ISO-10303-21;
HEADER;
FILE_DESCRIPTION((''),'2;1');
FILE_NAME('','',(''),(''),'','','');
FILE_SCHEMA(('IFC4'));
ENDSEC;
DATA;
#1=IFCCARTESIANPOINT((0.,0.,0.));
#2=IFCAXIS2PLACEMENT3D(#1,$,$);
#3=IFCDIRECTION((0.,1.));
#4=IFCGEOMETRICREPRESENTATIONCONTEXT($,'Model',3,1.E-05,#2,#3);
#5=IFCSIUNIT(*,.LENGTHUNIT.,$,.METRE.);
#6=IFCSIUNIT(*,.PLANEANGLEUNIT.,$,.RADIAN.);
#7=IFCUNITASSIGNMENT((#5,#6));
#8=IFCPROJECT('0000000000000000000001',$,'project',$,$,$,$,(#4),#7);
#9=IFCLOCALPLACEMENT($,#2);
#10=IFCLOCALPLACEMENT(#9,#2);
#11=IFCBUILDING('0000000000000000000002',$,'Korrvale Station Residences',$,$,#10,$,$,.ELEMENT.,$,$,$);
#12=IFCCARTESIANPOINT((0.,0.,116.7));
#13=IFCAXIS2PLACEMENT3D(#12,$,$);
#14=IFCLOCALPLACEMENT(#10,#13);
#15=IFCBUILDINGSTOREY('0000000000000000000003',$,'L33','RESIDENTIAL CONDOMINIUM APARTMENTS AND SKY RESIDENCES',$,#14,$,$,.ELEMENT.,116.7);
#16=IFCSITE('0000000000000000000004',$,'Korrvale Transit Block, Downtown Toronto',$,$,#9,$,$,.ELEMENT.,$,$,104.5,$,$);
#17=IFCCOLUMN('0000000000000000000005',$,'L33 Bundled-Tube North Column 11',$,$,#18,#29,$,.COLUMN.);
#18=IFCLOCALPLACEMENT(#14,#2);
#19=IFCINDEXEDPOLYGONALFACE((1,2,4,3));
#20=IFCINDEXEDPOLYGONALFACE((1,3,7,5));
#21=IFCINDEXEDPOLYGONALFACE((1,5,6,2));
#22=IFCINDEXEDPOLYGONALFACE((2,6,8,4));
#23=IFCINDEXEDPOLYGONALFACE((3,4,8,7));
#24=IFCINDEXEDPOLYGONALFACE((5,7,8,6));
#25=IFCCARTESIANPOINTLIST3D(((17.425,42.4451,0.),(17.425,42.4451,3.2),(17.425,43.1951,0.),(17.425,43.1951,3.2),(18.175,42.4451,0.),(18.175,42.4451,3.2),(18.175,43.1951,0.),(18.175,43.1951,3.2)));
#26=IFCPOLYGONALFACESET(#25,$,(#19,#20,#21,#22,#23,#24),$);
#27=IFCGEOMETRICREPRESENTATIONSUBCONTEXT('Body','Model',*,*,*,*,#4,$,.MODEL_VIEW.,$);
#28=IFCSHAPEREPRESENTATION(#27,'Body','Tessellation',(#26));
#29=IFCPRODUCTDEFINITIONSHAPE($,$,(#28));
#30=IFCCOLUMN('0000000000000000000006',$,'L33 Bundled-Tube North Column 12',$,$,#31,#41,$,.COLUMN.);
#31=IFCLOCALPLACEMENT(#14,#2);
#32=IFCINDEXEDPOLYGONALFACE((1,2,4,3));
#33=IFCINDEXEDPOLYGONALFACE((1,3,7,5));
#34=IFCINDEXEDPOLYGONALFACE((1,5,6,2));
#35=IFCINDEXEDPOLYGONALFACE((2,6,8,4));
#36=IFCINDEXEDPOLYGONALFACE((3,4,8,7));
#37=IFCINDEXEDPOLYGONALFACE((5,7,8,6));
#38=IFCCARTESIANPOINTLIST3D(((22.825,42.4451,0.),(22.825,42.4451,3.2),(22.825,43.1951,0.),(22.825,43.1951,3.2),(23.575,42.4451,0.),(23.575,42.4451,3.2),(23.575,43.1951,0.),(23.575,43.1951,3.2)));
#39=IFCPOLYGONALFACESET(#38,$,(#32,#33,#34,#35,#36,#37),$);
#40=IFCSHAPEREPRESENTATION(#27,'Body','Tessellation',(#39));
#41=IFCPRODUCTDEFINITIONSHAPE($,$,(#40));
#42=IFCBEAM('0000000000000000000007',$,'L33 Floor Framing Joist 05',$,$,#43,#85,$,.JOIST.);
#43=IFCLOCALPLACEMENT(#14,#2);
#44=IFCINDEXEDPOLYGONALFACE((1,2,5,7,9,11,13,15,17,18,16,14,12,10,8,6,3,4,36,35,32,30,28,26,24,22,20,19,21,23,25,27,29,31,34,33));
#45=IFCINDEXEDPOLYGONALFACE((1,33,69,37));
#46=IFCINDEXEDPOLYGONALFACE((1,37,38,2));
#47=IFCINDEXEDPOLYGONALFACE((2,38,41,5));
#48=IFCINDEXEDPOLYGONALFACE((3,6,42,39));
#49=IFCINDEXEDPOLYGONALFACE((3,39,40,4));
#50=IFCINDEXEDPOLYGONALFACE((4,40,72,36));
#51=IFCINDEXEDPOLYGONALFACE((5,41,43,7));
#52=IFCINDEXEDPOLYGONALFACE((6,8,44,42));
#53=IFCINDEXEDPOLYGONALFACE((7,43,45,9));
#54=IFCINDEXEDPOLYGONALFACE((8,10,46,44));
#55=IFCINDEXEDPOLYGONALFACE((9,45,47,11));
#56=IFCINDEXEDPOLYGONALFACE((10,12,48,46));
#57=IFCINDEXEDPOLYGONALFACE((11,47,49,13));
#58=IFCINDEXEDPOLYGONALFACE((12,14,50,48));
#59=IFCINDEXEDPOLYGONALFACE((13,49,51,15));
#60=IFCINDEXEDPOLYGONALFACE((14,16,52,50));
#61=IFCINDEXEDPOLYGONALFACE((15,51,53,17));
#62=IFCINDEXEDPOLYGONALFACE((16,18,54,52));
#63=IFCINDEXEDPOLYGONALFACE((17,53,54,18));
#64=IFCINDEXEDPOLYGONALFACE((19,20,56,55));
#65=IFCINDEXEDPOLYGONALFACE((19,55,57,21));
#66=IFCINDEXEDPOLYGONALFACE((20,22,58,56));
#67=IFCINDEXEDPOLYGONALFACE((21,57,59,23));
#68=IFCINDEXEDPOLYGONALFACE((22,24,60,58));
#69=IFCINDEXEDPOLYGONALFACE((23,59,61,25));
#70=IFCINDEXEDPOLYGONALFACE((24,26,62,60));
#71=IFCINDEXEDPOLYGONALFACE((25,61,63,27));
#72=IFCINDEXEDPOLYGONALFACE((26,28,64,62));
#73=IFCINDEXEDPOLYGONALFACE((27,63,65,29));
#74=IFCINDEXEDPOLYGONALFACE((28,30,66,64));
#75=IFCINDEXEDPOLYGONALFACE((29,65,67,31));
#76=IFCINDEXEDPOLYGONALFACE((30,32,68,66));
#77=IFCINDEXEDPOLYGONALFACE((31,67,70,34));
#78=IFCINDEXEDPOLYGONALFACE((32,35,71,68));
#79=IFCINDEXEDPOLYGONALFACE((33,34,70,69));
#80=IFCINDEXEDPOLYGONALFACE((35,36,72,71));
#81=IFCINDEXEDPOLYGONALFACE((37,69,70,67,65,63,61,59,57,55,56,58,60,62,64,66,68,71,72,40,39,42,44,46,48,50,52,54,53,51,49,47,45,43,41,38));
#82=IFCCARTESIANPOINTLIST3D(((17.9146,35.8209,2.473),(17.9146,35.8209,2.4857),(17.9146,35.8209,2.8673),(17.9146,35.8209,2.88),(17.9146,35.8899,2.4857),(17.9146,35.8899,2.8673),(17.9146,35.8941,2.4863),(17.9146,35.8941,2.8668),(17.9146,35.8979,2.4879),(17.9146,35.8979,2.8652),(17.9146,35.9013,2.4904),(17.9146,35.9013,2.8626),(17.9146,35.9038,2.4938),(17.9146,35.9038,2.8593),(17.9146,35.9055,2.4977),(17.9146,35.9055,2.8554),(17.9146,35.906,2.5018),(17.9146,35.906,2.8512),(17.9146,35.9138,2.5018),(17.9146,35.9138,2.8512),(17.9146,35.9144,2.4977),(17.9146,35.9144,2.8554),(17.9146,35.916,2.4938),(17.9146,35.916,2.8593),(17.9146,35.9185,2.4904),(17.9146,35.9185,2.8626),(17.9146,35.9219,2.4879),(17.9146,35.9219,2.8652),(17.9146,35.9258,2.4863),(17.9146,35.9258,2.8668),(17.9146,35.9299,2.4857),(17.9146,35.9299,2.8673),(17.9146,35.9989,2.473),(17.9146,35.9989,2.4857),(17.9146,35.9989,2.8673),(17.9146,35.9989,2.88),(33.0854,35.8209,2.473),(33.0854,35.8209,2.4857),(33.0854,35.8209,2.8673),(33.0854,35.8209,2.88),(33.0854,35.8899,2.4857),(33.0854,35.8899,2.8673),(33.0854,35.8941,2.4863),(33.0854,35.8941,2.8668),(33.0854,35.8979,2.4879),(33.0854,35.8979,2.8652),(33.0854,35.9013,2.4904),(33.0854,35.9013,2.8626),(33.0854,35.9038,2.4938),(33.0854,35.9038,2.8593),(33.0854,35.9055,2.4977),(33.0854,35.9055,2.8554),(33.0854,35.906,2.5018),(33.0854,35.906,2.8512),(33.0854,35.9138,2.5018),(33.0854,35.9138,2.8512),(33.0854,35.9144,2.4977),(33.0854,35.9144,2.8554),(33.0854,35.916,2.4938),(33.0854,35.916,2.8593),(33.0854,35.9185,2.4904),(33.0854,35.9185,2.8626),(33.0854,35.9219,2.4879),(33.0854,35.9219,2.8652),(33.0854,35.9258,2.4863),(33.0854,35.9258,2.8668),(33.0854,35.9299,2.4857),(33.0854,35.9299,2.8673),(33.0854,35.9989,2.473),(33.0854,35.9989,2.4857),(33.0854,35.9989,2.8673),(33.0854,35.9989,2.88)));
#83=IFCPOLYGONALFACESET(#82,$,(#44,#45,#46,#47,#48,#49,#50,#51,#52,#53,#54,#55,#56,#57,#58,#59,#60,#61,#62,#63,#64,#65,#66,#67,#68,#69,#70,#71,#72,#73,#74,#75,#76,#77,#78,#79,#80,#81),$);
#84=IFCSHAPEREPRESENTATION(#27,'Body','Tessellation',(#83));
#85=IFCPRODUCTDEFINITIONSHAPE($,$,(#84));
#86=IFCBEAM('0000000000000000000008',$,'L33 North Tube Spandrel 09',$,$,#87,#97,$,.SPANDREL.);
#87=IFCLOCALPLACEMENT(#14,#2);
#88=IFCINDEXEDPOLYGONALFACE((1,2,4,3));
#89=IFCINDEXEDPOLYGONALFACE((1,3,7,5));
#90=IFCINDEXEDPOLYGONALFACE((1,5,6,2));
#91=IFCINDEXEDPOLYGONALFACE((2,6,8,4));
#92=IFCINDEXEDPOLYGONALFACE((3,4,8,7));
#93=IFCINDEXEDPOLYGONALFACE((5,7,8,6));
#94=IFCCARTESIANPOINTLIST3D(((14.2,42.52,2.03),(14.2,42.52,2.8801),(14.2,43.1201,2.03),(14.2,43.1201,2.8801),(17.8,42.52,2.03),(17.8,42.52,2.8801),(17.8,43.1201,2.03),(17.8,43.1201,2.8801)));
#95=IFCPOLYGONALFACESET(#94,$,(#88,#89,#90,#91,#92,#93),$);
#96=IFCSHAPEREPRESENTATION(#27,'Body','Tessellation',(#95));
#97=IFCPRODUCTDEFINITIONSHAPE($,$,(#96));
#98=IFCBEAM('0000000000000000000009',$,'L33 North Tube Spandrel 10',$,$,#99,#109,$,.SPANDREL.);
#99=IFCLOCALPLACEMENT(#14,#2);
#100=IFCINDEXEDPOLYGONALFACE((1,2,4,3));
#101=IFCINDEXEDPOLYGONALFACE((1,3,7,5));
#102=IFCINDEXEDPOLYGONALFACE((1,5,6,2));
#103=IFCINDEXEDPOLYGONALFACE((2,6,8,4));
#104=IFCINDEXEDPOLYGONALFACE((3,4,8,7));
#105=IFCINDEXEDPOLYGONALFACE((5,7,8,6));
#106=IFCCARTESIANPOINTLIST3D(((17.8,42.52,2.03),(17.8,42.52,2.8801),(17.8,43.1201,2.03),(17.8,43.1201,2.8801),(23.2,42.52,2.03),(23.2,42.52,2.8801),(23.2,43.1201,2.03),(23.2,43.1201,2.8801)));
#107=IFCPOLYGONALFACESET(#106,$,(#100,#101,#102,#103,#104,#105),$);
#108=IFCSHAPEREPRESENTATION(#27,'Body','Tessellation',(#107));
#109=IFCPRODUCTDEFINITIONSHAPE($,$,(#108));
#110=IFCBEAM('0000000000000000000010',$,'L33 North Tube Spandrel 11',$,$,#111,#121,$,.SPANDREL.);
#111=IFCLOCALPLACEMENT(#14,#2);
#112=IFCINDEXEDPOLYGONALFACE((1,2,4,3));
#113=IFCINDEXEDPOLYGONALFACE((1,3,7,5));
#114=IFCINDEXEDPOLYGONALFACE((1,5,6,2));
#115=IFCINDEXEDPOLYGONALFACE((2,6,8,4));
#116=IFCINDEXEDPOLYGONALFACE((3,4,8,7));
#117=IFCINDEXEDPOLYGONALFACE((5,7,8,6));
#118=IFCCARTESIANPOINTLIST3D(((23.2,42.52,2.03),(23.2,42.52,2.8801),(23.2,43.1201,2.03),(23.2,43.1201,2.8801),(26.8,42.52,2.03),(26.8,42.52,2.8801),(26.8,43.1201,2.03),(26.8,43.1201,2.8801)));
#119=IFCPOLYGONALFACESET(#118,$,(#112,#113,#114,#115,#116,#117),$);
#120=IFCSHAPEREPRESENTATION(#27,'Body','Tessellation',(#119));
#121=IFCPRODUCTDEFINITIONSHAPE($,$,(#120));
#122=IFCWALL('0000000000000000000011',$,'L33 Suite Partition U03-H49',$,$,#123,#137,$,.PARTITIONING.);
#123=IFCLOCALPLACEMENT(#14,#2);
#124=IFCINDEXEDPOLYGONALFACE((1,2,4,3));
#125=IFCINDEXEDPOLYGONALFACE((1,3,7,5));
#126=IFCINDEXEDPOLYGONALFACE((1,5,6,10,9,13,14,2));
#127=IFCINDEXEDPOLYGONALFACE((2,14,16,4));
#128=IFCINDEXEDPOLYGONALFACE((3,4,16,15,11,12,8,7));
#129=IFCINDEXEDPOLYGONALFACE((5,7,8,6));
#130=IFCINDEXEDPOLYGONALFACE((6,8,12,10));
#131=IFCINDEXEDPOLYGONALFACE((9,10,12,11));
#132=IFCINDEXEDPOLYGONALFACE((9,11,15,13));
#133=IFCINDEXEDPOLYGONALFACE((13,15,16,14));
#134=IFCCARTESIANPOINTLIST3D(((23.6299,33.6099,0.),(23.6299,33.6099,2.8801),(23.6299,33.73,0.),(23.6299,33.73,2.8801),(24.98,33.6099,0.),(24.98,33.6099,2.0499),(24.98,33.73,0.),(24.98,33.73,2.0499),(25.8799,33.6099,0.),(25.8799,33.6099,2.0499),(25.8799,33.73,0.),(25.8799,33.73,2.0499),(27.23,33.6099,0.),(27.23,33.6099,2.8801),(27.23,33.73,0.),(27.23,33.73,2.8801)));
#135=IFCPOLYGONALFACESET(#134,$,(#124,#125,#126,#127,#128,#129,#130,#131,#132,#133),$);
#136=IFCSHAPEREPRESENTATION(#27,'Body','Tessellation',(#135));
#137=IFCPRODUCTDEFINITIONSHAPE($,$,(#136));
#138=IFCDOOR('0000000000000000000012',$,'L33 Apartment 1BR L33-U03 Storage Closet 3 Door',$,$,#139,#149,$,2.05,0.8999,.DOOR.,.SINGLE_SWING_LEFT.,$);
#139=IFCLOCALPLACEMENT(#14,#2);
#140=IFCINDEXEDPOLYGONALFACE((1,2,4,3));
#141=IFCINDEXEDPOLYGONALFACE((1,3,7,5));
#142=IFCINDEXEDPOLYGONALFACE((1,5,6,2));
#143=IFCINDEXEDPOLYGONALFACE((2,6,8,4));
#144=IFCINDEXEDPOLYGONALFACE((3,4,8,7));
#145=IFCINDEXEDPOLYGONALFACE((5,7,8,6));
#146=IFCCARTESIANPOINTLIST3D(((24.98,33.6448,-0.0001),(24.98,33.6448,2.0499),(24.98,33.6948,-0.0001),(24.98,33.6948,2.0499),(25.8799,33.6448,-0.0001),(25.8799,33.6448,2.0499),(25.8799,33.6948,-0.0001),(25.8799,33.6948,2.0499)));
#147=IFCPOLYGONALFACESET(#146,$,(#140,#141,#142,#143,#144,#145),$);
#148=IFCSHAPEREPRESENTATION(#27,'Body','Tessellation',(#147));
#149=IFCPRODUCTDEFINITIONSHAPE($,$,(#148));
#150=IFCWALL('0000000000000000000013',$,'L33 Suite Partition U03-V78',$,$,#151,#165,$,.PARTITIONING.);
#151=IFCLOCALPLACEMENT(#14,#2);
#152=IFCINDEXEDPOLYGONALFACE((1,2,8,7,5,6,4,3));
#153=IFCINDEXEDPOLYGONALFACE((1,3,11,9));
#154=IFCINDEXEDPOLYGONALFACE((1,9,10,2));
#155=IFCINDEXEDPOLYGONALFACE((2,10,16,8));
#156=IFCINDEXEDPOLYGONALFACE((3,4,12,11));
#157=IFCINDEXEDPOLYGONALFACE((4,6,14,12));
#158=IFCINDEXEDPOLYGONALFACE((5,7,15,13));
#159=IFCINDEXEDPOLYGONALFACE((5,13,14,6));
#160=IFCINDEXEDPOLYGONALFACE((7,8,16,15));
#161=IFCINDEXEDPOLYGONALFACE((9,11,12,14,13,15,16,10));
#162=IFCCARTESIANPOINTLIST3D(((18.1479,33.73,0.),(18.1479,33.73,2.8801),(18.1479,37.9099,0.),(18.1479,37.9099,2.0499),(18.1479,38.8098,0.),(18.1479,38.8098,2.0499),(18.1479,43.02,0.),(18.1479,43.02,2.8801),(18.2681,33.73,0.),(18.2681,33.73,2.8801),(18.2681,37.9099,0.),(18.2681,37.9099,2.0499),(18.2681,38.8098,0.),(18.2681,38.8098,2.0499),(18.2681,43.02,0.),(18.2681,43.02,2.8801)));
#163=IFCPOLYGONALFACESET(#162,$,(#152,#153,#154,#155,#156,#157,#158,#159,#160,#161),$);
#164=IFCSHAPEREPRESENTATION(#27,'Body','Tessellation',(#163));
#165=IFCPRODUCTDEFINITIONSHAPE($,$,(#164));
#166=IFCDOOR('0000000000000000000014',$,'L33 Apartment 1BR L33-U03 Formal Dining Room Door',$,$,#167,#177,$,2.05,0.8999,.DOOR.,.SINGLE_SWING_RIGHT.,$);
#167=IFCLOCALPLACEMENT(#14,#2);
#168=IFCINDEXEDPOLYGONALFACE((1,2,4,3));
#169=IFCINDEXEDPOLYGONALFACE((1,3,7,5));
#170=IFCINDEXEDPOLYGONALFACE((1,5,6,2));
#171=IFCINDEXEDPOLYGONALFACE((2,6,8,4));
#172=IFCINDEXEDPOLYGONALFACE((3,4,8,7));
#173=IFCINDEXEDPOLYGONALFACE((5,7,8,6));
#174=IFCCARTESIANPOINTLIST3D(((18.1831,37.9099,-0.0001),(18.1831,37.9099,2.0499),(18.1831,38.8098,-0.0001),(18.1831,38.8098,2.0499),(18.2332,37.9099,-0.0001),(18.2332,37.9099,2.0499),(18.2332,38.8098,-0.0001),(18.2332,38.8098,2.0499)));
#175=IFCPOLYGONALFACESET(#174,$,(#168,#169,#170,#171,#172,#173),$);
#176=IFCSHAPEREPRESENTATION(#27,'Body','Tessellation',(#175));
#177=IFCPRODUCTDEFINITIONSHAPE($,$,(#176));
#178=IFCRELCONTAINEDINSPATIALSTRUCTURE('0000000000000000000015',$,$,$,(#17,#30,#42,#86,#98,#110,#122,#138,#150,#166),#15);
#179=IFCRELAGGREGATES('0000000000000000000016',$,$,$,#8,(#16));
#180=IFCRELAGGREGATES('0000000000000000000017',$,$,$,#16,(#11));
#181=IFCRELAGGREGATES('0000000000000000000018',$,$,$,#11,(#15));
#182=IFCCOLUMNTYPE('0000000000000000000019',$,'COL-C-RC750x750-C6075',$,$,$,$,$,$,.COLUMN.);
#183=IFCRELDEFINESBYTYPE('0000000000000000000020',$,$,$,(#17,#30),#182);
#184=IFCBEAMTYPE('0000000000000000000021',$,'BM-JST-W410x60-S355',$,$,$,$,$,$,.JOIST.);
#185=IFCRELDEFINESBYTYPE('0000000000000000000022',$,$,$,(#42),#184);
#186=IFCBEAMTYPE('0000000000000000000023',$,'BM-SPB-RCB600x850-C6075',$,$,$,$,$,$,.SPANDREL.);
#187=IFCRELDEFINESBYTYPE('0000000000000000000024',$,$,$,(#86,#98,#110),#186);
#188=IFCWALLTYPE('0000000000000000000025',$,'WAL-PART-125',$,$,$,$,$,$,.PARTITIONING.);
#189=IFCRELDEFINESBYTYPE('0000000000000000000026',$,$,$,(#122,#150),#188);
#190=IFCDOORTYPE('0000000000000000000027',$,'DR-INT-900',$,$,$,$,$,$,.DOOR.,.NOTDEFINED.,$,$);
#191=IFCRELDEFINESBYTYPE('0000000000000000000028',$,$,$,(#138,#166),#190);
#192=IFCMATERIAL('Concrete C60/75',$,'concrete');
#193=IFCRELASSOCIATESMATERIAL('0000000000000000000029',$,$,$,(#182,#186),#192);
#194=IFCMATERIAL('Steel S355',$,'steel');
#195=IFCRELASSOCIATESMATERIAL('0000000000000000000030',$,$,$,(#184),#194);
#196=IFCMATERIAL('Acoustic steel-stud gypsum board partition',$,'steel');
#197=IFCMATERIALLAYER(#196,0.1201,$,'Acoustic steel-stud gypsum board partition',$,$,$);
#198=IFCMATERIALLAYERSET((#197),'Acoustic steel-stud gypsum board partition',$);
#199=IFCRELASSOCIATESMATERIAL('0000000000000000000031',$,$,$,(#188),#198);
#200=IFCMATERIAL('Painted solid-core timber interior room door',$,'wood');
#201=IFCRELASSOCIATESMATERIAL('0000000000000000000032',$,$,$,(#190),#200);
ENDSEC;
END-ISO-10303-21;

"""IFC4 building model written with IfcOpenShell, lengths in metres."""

from ifc_helpers import new_model, si_unit, direction, frame, frame_2d, origin, origin_2d, place, context, subcontext, project, spatial, rectangle, i_section, extrude, material, layer, layer_set, material_profile, profile_set, type_object, element, fill, save


model = new_model("IFC4")

# Units and contexts
model_context = context("Model", 3, precision=1e-05, world=origin(), true_north=direction((0.0, 1.0)))
body_context = subcontext(model_context, "Body", "Model", "MODEL_VIEW")
ifc_project = project(units=[si_unit("LENGTHUNIT", "METRE"), si_unit("PLANEANGLEUNIT", "RADIAN")], contexts=[model_context])

# Site, building, storey
site_placement = place(None, origin())
site = spatial("IfcSite", under=ifc_project, at=site_placement, Name="Korrvale Transit Block, Downtown Toronto", CompositionType="ELEMENT", RefElevation=104.5)
building_placement = place(site_placement, origin())
building = spatial("IfcBuilding", under=site, at=building_placement, Name="Korrvale Station Residences", CompositionType="ELEMENT")
storey_placement = place(building_placement, frame((0.0, 0.0, 116.7)))
storey = spatial("IfcBuildingStorey", under=building, at=storey_placement, Name="L33", Description="RESIDENTIAL CONDOMINIUM APARTMENTS AND SKY RESIDENCES", CompositionType="ELEMENT", Elevation=116.7)

# Columns
ifc_material_1 = material(Name="Concrete C60/75", Category="concrete")
ifc_material_profile_1 = material_profile(ifc_material_1, rectangle(XDim=0.75, YDim=0.75, at=origin_2d()), Name="RC750x750")
ifc_profile_set_1 = profile_set([ifc_material_profile_1], Name="Concrete C60/75")
column_type = type_object("IfcColumnType", Name="COL-C-RC750x750-C6075", PredefinedType="COLUMN", material=ifc_profile_set_1)
for number, where, z_axis, x_axis, name in (
    (1, (17.8, 42.8201, 0.0), (0.0, 0.0, 1.0), (1.0, 0.0, 0.0), "L33 Bundled-Tube North Column 11"),
    (2, (23.2, 42.8201, 0.0), (0.0, 0.0, 1.0), (1.0, 0.0, 0.0), "L33 Bundled-Tube North Column 12"),
):
    element("IfcColumn", number, at=place(storey_placement, frame(where, z_axis=z_axis, x_axis=x_axis)), inside=storey, type_object=column_type, Name=name, PredefinedType="COLUMN", context=body_context, shape_type="SweptSolid", body=[
        extrude(rectangle(XDim=0.75, YDim=0.75, at=origin_2d()), origin(), (0.0, 0.0, 1.0), 3.2),
    ])

# Beams
ifc_material_2 = material(Name="Steel S355", Category="steel")
ifc_material_profile_2 = material_profile(ifc_material_2, i_section(OverallWidth=0.178, OverallDepth=0.407, WebThickness=0.0078, FlangeThickness=0.0127, FilletRadius=0.0161, at=origin_2d()), Name="W410x60")
ifc_profile_set_2 = profile_set([ifc_material_profile_2], Name="Steel S355")
beam_type_1 = type_object("IfcBeamType", Name="BM-JST-W410x60-S355", PredefinedType="JOIST", material=ifc_profile_set_2)
beam_1_placement = place(storey_placement, frame((17.9146, 35.9099, 2.6765), z_axis=(1.0, 0.0, 0.0), x_axis=(0.0, 1.0, 0.0)))
element("IfcBeam", 3, at=beam_1_placement, inside=storey, type_object=beam_type_1, Name="L33 Floor Framing Joist 05", PredefinedType="JOIST", context=body_context, shape_type="SweptSolid", body=[
    extrude(i_section(OverallWidth=0.178, OverallDepth=0.407, WebThickness=0.0078, FlangeThickness=0.0127, FilletRadius=0.0161, at=origin_2d()), origin(), (0.0, 0.0, 1.0), 15.1709),
])
ifc_material_profile_3 = material_profile(ifc_material_1, rectangle(XDim=0.6001, YDim=0.8501, at=origin_2d()), Name="RCB600x850")
ifc_profile_set_3 = profile_set([ifc_material_profile_3], Name="Concrete C60/75")
beam_type_2 = type_object("IfcBeamType", Name="BM-SPB-RCB600x850-C6075", PredefinedType="SPANDREL", material=ifc_profile_set_3)
beam_2_placement = place(storey_placement, frame((14.2, 42.8201, 2.4551), z_axis=(1.0, 0.0, 0.0), x_axis=(0.0, 1.0, 0.0)))
element("IfcBeam", 4, at=beam_2_placement, inside=storey, type_object=beam_type_2, Name="L33 North Tube Spandrel 09", PredefinedType="SPANDREL", context=body_context, shape_type="SweptSolid", body=[
    extrude(rectangle(XDim=0.6001, YDim=0.8501, at=origin_2d()), origin(), (0.0, 0.0, 1.0), 3.6001),
])
beam_3_placement = place(storey_placement, frame((17.8, 42.8201, 2.4551), z_axis=(1.0, 0.0, 0.0), x_axis=(0.0, 1.0, 0.0)))
element("IfcBeam", 5, at=beam_3_placement, inside=storey, type_object=beam_type_2, Name="L33 North Tube Spandrel 10", PredefinedType="SPANDREL", context=body_context, shape_type="SweptSolid", body=[
    extrude(rectangle(XDim=0.6001, YDim=0.8501, at=origin_2d()), origin(), (0.0, 0.0, 1.0), 5.3999),
])
beam_4_placement = place(storey_placement, frame((23.2, 42.8201, 2.4551), z_axis=(1.0, 0.0, 0.0), x_axis=(0.0, 1.0, 0.0)))
element("IfcBeam", 6, at=beam_4_placement, inside=storey, type_object=beam_type_2, Name="L33 North Tube Spandrel 11", PredefinedType="SPANDREL", context=body_context, shape_type="SweptSolid", body=[
    extrude(rectangle(XDim=0.6001, YDim=0.8501, at=origin_2d()), origin(), (0.0, 0.0, 1.0), 3.6001),
])

# Walls, openings, doors
ifc_material_3 = material(Name="Acoustic steel-stud gypsum board partition", Category="steel")
ifc_layer_1 = layer(ifc_material_3, 0.1201, Name="Acoustic steel-stud gypsum board partition")
ifc_layer_set_1 = layer_set([ifc_layer_1], Name="Acoustic steel-stud gypsum board partition")
wall_type = type_object("IfcWallType", Name="WAL-PART-125", PredefinedType="PARTITIONING", material=ifc_layer_set_1)
wall_1_placement = place(storey_placement, frame((23.6299, 33.6699, 0.0), z_axis=(0.0, 0.0, 1.0), x_axis=(1.0, 0.0, 0.0)))
wall_1 = element("IfcWall", 7, at=wall_1_placement, inside=storey, type_object=wall_type, Name="L33 Suite Partition U03-H49", PredefinedType="PARTITIONING", context=body_context, shape_type="SweptSolid", body=[
    extrude(rectangle(XDim=3.6001, YDim=0.1201, at=frame_2d((1.8, 0.0))), origin(), (0.0, 0.0, 1.0), 2.8801),
])
opening_1_placement = place(wall_1_placement, frame((1.3501, 0.0, 0.0)))
opening_1 = element("IfcOpeningElement", 8, at=opening_1_placement, cuts=wall_1, PredefinedType="OPENING", context=body_context, shape_type="SweptSolid", body=[
    extrude(rectangle(XDim=0.8999, YDim=2.05, at=frame_2d((0.45, 1.0249))), frame((0.0, 0.0701, 0.0), z_axis=(0.0, -1.0, 0.0), x_axis=(1.0, 0.0, 0.0)), (0.0, 0.0, 1.0), 0.1401),
])
ifc_material_4 = material(Name="Painted solid-core timber interior room door", Category="wood")
door_type = type_object("IfcDoorType", Name="DR-INT-900", OperationType="NOTDEFINED", PredefinedType="DOOR", material=ifc_material_4)
door_1_placement = place(opening_1_placement, origin())
door_1 = element("IfcDoor", 9, at=door_1_placement, inside=storey, type_object=door_type, Name="L33 Apartment 1BR L33-U03 Storage Closet 3 Door", OperationType="SINGLE_SWING_LEFT", OverallHeight=2.05, OverallWidth=0.8999, PredefinedType="DOOR", context=body_context, shape_type="SweptSolid", body=[
    extrude(rectangle(XDim=0.8999, YDim=2.05, at=frame_2d((0.45, 1.0249))), frame((0.0, 0.0249, 0.0), z_axis=(0.0, -1.0, 0.0), x_axis=(1.0, 0.0, 0.0)), (0.0, 0.0, 1.0), 0.05),
])
fill(opening_1, door_1)
wall_2_placement = place(storey_placement, frame((18.208, 33.73, 0.0), z_axis=(0.0, 0.0, 1.0), x_axis=(0.0, 1.0, 0.0)))
wall_2 = element("IfcWall", 10, at=wall_2_placement, inside=storey, type_object=wall_type, Name="L33 Suite Partition U03-V78", PredefinedType="PARTITIONING", context=body_context, shape_type="SweptSolid", body=[
    extrude(rectangle(XDim=9.29, YDim=0.1201, at=frame_2d((4.645, 0.0))), origin(), (0.0, 0.0, 1.0), 2.8801),
])
opening_2_placement = place(wall_2_placement, frame((4.1799, 0.0, 0.0)))
opening_2 = element("IfcOpeningElement", 11, at=opening_2_placement, cuts=wall_2, PredefinedType="OPENING", context=body_context, shape_type="SweptSolid", body=[
    extrude(rectangle(XDim=0.8999, YDim=2.05, at=frame_2d((0.45, 1.0249))), frame((0.0, 0.0701, 0.0), z_axis=(0.0, -1.0, 0.0), x_axis=(1.0, 0.0, 0.0)), (0.0, 0.0, 1.0), 0.1401),
])
door_2_placement = place(opening_2_placement, origin())
door_2 = element("IfcDoor", 12, at=door_2_placement, inside=storey, type_object=door_type, Name="L33 Apartment 1BR L33-U03 Formal Dining Room Door", OperationType="SINGLE_SWING_RIGHT", OverallHeight=2.05, OverallWidth=0.8999, PredefinedType="DOOR", context=body_context, shape_type="SweptSolid", body=[
    extrude(rectangle(XDim=0.8999, YDim=2.05, at=frame_2d((0.45, 1.0249))), frame((0.0, 0.0249, 0.0), z_axis=(0.0, -1.0, 0.0), x_axis=(1.0, 0.0, 0.0)), (0.0, 0.0, 1.0), 0.05),
])
fill(opening_2, door_2)

save(model, "model.ifc")
